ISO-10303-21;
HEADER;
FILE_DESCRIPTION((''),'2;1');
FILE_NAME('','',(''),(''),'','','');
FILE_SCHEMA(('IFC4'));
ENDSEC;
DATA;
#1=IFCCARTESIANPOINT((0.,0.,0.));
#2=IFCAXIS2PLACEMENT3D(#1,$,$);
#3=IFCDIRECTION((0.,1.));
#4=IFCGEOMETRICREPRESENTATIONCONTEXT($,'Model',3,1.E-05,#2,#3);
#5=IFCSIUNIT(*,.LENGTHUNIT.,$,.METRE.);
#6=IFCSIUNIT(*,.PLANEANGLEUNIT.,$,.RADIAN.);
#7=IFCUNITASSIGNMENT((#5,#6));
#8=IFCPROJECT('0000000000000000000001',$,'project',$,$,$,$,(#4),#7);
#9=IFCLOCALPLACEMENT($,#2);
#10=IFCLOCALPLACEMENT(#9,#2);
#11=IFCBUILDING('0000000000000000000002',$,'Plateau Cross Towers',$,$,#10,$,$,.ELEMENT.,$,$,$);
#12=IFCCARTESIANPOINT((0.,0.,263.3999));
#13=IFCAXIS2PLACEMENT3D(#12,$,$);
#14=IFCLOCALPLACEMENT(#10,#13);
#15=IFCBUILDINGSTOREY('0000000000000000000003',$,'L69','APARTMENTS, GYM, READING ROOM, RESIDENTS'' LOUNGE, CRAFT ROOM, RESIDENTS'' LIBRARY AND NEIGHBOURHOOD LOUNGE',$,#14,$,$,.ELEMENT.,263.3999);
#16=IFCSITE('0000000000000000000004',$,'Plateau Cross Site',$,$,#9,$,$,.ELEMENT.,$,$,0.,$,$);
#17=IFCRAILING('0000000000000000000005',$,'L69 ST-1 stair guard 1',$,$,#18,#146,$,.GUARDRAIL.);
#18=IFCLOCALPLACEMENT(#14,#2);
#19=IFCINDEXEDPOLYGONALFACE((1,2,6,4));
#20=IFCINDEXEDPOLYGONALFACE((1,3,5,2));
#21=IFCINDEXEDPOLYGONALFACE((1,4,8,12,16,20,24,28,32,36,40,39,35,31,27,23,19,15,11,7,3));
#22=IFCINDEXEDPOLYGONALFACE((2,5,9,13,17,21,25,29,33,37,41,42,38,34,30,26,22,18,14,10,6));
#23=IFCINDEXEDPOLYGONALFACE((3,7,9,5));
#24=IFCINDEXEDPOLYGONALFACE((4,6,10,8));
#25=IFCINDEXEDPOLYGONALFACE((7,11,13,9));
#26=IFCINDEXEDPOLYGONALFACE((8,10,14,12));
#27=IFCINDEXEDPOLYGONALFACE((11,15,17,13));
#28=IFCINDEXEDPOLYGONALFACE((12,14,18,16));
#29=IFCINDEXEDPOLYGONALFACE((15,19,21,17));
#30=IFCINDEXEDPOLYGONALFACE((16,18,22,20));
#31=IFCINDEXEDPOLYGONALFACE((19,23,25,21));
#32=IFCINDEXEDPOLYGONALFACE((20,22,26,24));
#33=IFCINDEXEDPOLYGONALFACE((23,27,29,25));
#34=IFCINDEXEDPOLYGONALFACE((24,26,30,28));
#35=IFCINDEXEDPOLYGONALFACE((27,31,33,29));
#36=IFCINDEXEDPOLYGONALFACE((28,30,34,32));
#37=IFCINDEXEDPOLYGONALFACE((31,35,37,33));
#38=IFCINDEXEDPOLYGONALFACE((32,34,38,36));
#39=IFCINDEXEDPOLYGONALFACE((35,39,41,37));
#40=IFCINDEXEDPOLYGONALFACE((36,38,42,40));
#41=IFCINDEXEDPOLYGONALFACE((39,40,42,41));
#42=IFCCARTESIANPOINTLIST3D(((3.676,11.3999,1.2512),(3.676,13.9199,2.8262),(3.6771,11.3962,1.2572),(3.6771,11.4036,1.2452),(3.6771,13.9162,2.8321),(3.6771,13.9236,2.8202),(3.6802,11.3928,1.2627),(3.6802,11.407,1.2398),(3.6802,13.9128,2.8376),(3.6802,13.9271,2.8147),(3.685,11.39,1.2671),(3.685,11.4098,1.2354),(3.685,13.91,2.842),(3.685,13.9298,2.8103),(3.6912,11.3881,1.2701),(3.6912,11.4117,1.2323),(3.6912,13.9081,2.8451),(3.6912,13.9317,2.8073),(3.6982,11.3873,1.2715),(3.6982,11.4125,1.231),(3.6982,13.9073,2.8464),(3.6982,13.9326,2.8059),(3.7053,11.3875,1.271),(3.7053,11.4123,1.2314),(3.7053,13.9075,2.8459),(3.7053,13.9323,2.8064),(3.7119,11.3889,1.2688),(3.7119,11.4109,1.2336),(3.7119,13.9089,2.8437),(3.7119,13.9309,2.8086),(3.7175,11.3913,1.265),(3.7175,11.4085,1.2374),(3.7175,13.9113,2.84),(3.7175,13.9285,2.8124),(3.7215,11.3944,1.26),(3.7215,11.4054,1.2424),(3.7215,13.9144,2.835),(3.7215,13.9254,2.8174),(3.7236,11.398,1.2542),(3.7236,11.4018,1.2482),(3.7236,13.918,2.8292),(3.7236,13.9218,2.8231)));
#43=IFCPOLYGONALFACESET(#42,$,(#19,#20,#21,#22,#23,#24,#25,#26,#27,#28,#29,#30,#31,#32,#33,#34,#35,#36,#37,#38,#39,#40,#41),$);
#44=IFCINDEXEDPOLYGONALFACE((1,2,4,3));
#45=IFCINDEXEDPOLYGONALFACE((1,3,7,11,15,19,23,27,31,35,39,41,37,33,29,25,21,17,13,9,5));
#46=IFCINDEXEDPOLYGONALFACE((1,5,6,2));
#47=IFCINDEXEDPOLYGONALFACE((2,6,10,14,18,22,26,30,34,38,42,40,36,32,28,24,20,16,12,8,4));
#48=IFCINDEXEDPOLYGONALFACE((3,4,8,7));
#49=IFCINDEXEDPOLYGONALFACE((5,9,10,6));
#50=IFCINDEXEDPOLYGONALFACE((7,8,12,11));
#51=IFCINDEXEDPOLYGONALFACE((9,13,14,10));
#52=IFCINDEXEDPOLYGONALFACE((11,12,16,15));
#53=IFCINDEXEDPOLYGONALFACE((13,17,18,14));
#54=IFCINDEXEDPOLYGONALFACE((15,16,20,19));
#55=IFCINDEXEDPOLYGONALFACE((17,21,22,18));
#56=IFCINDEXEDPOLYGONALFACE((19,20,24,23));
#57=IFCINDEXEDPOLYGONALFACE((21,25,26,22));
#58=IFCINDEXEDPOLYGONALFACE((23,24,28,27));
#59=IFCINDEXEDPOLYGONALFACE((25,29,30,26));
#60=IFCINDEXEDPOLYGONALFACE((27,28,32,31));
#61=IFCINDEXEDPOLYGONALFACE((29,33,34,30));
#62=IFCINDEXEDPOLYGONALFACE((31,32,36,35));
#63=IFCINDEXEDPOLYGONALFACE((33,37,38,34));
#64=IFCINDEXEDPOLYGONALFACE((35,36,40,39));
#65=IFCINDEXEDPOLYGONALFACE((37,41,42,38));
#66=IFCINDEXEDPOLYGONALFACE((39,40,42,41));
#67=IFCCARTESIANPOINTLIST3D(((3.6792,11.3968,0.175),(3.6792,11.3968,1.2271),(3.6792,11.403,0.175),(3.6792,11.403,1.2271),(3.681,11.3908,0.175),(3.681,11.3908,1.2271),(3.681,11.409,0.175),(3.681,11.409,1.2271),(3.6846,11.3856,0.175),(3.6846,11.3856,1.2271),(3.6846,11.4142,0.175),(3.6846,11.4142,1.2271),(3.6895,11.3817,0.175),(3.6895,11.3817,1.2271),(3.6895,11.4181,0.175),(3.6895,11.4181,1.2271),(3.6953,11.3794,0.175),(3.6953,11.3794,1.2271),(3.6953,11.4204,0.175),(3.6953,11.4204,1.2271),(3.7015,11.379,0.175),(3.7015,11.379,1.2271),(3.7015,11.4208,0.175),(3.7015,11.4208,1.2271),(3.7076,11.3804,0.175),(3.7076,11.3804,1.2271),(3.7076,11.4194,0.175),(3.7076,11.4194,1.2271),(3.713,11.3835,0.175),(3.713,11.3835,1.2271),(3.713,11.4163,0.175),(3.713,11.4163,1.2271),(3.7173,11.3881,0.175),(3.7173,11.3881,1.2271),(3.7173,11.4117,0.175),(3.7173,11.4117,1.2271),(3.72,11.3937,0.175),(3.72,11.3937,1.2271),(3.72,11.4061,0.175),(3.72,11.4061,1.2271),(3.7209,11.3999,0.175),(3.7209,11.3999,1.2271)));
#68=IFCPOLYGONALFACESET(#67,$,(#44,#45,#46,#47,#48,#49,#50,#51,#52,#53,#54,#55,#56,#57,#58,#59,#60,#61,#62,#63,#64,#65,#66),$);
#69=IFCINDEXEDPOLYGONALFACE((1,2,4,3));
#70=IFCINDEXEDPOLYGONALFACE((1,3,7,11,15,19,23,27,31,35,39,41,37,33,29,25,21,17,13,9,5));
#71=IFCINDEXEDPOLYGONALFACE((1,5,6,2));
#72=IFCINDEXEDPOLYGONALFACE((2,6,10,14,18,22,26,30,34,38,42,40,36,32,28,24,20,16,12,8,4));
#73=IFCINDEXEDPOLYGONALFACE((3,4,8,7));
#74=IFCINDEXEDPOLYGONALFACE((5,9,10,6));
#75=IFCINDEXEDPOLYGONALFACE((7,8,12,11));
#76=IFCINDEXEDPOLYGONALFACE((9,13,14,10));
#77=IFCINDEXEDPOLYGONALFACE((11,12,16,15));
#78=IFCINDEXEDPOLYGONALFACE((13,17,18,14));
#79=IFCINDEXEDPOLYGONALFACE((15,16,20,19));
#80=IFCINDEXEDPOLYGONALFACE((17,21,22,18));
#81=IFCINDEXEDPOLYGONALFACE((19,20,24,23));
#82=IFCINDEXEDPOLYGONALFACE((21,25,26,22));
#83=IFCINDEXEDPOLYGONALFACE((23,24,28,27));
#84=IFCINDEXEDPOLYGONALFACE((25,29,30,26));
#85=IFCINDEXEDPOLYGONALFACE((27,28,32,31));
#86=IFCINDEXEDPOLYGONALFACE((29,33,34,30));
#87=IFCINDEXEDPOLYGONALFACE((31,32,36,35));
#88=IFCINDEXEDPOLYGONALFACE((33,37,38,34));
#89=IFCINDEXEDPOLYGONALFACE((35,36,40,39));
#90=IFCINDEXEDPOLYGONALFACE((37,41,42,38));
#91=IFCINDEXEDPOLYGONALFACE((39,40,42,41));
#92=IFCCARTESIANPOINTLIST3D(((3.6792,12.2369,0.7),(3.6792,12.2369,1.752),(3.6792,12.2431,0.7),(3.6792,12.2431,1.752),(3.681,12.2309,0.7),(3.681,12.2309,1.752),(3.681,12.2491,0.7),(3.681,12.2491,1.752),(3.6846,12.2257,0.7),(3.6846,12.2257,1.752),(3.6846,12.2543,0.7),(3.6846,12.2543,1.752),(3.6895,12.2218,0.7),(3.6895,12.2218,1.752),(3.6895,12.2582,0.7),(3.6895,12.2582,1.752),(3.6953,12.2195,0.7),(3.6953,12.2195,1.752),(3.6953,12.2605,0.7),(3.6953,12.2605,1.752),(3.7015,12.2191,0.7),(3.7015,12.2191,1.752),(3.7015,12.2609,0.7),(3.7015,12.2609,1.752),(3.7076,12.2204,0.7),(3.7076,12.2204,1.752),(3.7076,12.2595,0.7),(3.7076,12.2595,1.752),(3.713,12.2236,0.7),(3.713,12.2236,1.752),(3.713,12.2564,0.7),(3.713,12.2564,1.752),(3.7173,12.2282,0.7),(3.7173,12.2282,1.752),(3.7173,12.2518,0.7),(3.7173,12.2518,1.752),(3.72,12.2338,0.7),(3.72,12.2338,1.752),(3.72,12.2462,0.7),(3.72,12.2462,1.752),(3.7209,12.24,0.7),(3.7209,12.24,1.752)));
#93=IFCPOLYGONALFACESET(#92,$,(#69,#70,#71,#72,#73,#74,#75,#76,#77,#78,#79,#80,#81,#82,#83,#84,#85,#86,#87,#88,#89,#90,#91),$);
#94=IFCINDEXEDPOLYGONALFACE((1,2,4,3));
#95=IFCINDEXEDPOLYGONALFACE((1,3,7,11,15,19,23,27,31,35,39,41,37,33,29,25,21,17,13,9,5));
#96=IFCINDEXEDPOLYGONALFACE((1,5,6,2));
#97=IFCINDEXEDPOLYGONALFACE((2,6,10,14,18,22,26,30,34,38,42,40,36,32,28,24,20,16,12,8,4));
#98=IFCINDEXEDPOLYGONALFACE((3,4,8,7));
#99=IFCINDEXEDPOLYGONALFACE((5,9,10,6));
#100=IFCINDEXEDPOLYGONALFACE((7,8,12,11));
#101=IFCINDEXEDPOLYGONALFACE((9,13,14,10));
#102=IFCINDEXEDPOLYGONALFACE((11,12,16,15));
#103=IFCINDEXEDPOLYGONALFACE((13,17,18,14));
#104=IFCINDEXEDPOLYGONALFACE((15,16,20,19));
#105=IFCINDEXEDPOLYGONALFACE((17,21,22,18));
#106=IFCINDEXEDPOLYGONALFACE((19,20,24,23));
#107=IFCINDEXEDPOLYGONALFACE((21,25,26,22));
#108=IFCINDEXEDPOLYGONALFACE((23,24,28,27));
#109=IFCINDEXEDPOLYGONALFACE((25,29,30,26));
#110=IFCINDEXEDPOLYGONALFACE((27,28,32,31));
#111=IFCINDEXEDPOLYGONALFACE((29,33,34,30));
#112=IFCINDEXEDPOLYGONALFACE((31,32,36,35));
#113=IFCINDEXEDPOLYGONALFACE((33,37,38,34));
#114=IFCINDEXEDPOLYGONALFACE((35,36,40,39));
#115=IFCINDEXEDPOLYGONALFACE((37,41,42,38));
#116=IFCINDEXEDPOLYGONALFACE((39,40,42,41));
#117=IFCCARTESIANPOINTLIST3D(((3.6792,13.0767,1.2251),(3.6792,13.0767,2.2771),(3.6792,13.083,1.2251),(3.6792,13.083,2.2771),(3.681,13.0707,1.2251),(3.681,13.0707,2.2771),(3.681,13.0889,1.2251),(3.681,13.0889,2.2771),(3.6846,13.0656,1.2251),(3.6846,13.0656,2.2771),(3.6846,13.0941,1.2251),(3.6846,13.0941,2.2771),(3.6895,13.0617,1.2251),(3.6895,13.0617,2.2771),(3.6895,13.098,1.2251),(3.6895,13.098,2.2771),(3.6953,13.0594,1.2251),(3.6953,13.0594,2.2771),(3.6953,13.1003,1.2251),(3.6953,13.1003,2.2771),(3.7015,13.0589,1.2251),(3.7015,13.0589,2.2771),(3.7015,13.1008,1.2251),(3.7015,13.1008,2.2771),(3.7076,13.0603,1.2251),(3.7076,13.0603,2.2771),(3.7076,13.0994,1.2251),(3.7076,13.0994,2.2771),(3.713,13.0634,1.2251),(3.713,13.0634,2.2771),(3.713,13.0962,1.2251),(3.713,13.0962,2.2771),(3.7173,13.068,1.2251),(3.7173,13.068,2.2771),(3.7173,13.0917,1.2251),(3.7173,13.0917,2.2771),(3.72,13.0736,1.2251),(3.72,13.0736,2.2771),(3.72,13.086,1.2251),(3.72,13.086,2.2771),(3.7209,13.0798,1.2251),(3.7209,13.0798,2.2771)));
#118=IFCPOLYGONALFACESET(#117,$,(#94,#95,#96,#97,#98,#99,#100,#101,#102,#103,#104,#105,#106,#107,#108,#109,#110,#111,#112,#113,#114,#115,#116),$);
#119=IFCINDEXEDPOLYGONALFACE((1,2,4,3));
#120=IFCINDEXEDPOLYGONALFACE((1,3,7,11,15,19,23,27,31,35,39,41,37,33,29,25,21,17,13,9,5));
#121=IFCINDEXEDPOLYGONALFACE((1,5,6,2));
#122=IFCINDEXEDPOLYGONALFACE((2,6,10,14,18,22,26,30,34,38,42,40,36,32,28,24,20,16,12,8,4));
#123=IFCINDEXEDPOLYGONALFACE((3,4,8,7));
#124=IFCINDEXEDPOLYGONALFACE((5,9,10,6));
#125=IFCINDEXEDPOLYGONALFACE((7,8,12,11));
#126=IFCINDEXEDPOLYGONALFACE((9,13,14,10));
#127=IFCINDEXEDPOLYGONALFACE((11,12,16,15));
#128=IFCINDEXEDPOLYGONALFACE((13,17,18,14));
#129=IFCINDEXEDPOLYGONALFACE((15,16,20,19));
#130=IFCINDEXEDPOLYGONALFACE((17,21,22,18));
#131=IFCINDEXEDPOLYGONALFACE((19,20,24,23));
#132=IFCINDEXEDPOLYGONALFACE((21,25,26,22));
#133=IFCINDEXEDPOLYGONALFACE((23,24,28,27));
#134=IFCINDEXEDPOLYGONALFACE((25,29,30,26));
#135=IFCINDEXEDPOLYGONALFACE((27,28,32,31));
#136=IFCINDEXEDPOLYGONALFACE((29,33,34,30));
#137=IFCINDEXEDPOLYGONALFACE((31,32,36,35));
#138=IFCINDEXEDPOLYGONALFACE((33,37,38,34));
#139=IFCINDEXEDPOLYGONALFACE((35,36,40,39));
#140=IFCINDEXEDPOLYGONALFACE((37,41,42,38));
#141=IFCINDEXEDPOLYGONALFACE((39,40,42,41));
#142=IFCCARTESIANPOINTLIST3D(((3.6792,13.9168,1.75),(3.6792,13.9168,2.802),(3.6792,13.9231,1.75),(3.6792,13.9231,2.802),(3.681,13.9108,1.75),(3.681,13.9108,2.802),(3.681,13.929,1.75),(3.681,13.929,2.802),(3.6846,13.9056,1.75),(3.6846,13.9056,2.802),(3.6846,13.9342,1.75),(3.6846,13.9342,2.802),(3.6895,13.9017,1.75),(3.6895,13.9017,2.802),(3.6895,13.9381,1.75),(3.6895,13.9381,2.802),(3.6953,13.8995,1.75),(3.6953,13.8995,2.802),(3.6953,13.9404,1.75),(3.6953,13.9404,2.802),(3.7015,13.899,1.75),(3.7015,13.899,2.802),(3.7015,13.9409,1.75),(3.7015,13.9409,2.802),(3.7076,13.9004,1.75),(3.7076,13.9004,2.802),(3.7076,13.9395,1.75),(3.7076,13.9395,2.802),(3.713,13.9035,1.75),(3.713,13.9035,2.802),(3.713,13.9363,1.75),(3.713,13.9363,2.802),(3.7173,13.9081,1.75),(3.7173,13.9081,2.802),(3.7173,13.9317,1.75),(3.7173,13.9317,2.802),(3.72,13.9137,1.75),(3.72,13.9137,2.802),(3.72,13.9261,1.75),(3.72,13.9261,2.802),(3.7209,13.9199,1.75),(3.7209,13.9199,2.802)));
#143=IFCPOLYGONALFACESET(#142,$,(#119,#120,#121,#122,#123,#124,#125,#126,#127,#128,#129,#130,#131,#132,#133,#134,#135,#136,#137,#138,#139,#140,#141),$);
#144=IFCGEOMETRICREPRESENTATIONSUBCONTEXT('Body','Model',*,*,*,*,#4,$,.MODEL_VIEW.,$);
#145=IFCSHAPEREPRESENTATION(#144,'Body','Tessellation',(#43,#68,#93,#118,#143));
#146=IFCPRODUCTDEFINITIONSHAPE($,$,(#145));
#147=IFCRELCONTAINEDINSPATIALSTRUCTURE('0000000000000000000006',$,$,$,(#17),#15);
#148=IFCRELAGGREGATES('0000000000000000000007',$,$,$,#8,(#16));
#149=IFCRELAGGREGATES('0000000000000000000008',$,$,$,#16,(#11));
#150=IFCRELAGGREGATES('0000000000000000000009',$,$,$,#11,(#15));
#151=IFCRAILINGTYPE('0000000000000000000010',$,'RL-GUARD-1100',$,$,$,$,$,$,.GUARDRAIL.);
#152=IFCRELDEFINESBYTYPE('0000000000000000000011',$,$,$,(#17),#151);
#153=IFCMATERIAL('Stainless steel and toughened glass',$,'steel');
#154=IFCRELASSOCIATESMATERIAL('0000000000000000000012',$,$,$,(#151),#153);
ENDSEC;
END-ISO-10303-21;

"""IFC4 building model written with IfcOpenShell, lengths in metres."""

from ifc_helpers import new_model, si_unit, direction, frame, origin, origin_2d, place, context, subcontext, project, spatial, circle, extrude, material, type_object, element, save


model = new_model("IFC4")

# Units and contexts
model_context = context("Model", 3, precision=1e-05, world=origin(), true_north=direction((0.0, 1.0)))
body_context = subcontext(model_context, "Body", "Model", "MODEL_VIEW")
ifc_project = project(units=[si_unit("LENGTHUNIT", "METRE"), si_unit("PLANEANGLEUNIT", "RADIAN")], contexts=[model_context])

# Site, building, storey
site_placement = place(None, origin())
site = spatial("IfcSite", under=ifc_project, at=site_placement, Name="Plateau Cross Site", CompositionType="ELEMENT", RefElevation=0.0)
building_placement = place(site_placement, origin())
building = spatial("IfcBuilding", under=site, at=building_placement, Name="Plateau Cross Towers", CompositionType="ELEMENT")
storey_placement = place(building_placement, frame((0.0, 0.0, 263.3999)))
storey = spatial("IfcBuildingStorey", under=building, at=storey_placement, Name="L69", Description="APARTMENTS, GYM, READING ROOM, RESIDENTS' LOUNGE, CRAFT ROOM, RESIDENTS' LIBRARY AND NEIGHBOURHOOD LOUNGE", CompositionType="ELEMENT", Elevation=263.3999)

# Railing
ifc_material_1 = material(Name="Stainless steel and toughened glass", Category="steel")
railing_type_1 = type_object("IfcRailingType", Name="RL-GUARD-1100", PredefinedType="GUARDRAIL", material=ifc_material_1)
railing_1_placement = place(storey_placement, frame((3.7, 11.3999, 0.175)))
element("IfcRailing", 1, at=railing_1_placement, inside=storey, type_object=railing_type_1, Name="L69 ST-1 stair guard 1", PredefinedType="GUARDRAIL", context=body_context, shape_type="SweptSolid", body=[
    extrude(circle(Radius=0.0239, at=origin_2d()), frame((0.0, 0.0, 1.0762), z_axis=(0.0, 0.848008, 0.529984), x_axis=(-1.0, 0.0, 0.0)), (0.0, 0.0, 1.0), 2.9717),
    extrude(circle(Radius=0.021, at=origin_2d()), origin(), (0.0, 0.0, 1.0), 1.052),
    extrude(circle(Radius=0.021, at=origin_2d()), frame((0.0, 0.8401, 0.5249)), (0.0, 0.0, 1.0), 1.052),
    extrude(circle(Radius=0.021, at=origin_2d()), frame((0.0, 1.6799, 1.05)), (0.0, 0.0, 1.0), 1.052),
    extrude(circle(Radius=0.021, at=origin_2d()), frame((0.0, 2.52, 1.575)), (0.0, 0.0, 1.0), 1.052),
])

save(model, "model.ifc")
